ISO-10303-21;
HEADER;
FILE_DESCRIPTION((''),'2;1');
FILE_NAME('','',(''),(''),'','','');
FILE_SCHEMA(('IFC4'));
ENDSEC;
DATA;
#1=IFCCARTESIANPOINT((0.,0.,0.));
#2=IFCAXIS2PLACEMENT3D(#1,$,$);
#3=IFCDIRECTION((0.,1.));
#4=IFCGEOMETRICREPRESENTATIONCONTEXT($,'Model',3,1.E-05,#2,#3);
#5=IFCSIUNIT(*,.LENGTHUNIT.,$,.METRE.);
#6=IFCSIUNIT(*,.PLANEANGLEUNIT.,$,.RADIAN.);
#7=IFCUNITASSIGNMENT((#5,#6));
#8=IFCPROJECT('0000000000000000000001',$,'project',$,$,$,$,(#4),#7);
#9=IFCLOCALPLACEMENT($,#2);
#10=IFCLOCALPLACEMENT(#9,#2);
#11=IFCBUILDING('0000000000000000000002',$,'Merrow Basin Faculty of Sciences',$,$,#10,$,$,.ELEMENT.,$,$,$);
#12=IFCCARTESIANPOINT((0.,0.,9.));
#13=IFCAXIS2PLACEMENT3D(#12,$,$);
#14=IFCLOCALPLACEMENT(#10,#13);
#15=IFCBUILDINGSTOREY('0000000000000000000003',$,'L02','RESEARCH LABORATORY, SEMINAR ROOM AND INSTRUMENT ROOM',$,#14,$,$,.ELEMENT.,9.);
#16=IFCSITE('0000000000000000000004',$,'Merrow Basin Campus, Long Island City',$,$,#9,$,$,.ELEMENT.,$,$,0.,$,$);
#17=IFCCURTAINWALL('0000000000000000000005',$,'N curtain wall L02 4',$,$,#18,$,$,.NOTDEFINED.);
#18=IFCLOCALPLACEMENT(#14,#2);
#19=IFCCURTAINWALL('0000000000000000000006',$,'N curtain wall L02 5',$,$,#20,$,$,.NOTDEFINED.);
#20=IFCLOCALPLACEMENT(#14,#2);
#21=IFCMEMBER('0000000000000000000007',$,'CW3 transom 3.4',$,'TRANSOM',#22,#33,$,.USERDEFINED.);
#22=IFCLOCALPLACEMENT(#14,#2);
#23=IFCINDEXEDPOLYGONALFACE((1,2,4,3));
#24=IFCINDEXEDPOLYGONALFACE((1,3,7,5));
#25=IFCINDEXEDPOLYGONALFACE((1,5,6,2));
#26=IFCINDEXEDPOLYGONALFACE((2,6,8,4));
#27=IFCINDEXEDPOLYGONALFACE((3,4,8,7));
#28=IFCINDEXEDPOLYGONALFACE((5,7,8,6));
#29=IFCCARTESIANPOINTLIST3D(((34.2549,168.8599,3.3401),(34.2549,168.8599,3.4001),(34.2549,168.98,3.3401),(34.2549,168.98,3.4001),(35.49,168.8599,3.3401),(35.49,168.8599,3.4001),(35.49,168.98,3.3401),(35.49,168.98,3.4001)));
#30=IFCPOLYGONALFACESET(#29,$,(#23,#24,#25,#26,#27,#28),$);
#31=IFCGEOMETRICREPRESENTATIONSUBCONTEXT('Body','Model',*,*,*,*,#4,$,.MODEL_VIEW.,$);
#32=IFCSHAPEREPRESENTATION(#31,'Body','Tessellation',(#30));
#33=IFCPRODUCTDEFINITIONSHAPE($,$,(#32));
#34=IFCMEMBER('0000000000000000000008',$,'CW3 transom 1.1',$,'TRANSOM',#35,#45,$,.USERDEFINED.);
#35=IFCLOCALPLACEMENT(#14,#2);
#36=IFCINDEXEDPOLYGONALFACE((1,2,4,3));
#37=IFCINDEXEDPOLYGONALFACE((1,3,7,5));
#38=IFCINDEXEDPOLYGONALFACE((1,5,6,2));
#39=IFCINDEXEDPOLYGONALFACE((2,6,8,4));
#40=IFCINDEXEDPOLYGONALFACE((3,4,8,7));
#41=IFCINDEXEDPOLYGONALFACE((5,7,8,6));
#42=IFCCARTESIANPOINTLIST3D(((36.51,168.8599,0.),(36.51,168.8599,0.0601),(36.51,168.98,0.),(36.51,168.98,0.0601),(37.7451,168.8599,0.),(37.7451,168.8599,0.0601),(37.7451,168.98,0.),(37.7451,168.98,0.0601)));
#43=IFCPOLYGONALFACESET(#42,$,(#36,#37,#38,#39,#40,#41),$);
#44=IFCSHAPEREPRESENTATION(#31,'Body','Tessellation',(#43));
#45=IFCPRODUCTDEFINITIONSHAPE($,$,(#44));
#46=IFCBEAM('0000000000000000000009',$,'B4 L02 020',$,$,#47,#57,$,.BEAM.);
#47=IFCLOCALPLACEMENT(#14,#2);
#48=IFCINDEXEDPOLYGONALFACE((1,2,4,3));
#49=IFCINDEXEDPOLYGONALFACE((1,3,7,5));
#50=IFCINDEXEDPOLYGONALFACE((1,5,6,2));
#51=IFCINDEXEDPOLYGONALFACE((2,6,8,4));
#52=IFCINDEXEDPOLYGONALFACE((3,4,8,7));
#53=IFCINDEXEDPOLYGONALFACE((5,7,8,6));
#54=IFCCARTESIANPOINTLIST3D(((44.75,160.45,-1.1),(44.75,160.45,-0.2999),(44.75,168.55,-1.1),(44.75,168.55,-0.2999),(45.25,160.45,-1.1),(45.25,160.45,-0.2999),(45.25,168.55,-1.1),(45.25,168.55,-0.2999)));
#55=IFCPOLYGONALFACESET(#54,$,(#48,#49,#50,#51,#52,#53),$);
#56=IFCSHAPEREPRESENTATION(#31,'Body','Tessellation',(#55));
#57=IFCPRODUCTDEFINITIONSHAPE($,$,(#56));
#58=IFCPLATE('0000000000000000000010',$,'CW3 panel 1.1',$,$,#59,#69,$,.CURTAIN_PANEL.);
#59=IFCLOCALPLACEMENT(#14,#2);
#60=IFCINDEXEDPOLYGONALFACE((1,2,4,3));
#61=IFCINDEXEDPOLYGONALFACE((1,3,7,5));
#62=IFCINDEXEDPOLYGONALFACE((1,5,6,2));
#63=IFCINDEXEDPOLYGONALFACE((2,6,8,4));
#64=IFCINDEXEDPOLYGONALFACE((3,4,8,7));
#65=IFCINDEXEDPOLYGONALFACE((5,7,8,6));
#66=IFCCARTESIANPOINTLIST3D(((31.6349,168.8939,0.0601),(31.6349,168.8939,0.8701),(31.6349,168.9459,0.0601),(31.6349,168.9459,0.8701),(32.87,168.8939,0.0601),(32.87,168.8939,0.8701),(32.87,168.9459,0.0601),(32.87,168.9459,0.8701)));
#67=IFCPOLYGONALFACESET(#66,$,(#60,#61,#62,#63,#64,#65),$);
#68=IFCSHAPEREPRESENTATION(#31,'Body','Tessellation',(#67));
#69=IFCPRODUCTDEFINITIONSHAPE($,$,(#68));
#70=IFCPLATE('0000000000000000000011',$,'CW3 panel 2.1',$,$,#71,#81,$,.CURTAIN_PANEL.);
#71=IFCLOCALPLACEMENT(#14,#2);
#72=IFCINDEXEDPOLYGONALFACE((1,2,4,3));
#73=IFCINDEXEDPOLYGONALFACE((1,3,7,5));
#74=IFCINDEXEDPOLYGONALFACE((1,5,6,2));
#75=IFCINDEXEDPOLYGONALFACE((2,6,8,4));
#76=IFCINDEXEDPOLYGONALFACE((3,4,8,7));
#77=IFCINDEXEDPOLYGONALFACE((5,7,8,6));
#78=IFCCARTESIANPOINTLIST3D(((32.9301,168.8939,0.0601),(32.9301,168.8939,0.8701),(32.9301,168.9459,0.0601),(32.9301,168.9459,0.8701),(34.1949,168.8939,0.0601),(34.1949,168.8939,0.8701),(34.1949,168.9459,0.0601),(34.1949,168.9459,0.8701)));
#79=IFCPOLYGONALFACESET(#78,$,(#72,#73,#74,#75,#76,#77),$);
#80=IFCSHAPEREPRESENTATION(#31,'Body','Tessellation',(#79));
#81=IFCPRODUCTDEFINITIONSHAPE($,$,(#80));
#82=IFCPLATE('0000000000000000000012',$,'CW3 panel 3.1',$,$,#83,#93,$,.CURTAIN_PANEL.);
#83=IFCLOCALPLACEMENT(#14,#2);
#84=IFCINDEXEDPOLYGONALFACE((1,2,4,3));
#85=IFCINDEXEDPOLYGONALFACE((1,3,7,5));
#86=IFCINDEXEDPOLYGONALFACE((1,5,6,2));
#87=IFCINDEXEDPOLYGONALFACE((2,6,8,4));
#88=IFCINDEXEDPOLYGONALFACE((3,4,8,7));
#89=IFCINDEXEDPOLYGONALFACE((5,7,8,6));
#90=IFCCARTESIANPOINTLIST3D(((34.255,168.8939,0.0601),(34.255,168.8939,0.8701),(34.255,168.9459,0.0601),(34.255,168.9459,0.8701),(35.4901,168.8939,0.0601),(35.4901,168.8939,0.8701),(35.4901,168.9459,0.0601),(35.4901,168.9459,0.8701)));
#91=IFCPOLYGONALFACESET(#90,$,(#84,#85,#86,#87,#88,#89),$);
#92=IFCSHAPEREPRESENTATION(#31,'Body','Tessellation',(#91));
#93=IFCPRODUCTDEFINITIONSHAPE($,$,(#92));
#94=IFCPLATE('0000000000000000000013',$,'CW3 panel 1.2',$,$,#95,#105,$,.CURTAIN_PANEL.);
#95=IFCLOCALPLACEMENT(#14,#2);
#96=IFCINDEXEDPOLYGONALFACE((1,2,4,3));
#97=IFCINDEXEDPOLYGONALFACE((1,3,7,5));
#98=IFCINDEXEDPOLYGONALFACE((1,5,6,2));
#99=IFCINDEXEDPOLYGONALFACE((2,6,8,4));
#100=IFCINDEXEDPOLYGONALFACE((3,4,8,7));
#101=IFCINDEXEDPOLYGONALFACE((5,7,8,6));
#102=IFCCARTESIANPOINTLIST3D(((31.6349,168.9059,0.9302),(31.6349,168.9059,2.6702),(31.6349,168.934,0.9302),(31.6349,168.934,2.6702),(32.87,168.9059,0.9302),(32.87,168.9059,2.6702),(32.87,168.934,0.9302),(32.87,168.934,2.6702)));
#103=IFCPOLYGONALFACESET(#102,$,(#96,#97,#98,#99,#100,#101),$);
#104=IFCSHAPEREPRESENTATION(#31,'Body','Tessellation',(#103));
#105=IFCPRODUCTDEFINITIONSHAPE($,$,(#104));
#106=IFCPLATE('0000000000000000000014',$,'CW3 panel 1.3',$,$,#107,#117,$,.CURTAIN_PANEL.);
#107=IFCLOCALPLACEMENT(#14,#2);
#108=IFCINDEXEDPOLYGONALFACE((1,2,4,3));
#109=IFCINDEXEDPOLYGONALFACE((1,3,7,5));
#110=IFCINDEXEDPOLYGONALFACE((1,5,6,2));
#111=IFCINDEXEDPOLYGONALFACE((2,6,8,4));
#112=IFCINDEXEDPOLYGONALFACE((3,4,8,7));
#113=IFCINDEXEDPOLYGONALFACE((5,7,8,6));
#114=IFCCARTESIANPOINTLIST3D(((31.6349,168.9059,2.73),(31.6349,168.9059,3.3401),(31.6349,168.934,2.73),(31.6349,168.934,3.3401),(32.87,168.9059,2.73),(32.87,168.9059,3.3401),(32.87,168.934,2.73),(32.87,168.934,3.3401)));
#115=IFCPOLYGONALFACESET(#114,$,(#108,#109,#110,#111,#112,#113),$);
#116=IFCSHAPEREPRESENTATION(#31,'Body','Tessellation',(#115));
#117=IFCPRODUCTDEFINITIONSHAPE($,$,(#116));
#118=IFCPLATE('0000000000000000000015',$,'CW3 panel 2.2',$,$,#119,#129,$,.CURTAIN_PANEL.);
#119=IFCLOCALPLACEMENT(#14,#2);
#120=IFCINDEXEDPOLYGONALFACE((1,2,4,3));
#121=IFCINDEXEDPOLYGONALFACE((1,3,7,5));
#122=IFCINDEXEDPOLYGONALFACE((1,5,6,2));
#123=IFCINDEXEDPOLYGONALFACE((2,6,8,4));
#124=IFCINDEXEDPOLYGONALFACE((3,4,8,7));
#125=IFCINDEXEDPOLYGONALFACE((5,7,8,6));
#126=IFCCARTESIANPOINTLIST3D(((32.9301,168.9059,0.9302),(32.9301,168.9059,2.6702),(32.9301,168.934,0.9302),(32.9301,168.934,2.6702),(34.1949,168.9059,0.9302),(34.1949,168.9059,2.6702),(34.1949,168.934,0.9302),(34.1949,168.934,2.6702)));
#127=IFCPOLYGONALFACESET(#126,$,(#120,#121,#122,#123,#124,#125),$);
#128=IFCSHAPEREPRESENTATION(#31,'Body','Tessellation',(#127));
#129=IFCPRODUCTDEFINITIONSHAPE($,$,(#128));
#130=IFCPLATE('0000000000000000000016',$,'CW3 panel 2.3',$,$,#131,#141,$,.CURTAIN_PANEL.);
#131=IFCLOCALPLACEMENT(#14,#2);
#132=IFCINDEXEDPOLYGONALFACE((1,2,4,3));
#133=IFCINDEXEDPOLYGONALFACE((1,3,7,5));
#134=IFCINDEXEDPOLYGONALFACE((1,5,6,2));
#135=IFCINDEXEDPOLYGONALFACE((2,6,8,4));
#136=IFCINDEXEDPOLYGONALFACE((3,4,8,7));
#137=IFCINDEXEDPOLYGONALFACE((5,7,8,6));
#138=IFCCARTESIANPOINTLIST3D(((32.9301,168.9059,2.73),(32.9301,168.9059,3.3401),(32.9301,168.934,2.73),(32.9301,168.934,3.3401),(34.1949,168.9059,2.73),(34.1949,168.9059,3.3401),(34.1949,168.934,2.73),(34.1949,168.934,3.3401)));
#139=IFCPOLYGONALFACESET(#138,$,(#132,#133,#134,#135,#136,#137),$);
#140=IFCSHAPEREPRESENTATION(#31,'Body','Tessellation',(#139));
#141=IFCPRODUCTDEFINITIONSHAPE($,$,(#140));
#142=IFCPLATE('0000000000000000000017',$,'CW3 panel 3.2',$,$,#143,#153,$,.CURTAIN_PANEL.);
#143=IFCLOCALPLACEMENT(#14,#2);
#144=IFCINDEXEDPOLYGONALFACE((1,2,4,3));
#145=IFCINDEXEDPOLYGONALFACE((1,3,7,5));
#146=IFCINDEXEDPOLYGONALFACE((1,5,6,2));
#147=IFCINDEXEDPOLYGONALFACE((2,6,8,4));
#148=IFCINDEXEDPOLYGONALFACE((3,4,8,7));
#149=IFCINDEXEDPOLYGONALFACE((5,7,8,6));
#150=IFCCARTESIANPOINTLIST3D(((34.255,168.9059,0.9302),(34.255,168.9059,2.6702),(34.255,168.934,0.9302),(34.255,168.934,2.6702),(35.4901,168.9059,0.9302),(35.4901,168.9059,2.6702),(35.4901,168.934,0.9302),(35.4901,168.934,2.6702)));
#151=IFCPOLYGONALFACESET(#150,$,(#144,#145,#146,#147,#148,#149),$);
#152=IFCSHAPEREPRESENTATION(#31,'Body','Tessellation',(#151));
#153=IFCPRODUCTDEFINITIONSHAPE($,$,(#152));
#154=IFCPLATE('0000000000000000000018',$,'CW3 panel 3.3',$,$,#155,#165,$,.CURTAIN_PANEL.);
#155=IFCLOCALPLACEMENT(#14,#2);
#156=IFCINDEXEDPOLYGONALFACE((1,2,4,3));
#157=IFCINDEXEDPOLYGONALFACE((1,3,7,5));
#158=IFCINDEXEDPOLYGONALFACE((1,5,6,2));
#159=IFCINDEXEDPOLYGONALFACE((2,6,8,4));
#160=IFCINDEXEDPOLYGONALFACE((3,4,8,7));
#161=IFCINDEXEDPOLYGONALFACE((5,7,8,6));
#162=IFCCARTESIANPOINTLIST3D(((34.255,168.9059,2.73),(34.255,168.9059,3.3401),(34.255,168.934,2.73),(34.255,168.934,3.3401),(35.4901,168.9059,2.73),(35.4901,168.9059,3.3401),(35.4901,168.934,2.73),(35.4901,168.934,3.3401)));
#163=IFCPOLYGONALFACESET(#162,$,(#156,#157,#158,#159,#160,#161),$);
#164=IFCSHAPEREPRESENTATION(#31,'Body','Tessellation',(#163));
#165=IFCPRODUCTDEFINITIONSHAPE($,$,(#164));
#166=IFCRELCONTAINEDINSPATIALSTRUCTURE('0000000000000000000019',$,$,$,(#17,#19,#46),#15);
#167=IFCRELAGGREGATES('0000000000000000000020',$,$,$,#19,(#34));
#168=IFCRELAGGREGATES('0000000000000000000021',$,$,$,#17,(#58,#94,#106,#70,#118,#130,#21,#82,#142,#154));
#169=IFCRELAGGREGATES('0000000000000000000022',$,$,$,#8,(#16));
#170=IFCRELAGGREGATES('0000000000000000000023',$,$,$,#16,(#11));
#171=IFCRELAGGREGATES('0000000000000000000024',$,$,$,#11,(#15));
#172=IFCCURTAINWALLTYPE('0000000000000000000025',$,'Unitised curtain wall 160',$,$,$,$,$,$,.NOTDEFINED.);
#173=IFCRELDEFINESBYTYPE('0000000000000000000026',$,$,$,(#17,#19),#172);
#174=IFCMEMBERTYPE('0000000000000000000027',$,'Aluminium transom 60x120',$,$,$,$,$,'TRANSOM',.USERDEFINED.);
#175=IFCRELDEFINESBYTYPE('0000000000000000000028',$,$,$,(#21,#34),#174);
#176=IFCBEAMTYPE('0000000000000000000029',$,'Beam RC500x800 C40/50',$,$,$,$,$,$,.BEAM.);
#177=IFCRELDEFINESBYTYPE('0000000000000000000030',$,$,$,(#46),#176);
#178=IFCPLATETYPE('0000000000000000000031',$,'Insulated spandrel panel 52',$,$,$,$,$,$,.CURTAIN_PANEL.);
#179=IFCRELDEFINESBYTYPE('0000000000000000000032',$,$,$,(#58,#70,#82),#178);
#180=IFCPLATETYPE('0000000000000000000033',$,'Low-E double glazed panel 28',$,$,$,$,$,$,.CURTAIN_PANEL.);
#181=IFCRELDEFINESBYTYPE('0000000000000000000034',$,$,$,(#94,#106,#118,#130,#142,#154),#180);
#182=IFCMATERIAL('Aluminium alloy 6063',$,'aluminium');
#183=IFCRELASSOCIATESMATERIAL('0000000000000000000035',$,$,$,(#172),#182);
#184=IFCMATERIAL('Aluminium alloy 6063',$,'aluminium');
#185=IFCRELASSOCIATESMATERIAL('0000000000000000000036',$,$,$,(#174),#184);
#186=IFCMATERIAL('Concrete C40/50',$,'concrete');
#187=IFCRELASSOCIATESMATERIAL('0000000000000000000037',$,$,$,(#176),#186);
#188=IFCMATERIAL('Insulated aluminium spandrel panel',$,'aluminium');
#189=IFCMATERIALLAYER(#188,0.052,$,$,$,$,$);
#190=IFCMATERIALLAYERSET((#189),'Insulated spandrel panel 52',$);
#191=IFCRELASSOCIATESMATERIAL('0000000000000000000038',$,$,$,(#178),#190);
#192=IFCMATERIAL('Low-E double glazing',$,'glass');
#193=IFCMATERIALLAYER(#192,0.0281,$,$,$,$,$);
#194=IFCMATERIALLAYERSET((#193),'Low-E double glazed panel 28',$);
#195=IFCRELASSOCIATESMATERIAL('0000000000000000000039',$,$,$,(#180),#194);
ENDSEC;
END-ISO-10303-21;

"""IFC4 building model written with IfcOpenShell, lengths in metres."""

from ifc_helpers import new_model, si_unit, direction, frame, origin, origin_2d, place, context, subcontext, project, spatial, rectangle, extrude, material, layer, layer_set, material_profile, profile_set, type_object, element, aggregate, save


model = new_model("IFC4")

# Units and contexts
model_context = context("Model", 3, precision=1e-05, world=origin(), true_north=direction((0.0, 1.0)))
body_context = subcontext(model_context, "Body", "Model", "MODEL_VIEW")
ifc_project = project(units=[si_unit("LENGTHUNIT", "METRE"), si_unit("PLANEANGLEUNIT", "RADIAN")], contexts=[model_context])

# Site, building, storey
site_placement = place(None, origin())
site = spatial("IfcSite", under=ifc_project, at=site_placement, Name="Merrow Basin Campus, Long Island City", CompositionType="ELEMENT", RefElevation=0.0)
building_placement = place(site_placement, origin())
building = spatial("IfcBuilding", under=site, at=building_placement, Name="Merrow Basin Faculty of Sciences", CompositionType="ELEMENT")
storey_placement = place(building_placement, frame((0.0, 0.0, 9.0)))
storey = spatial("IfcBuildingStorey", under=building, at=storey_placement, Name="L02", Description="RESEARCH LABORATORY, SEMINAR ROOM AND INSTRUMENT ROOM", CompositionType="ELEMENT", Elevation=9.0)

# Curtain wall
ifc_material_1 = material(Name="Aluminium alloy 6063", Category="aluminium")
curtain_wall_type = type_object("IfcCurtainWallType", Name="Unitised curtain wall 160", PredefinedType="NOTDEFINED", material=ifc_material_1)
curtain_wall_1_placement = place(storey_placement, origin())
curtain_wall_1 = element("IfcCurtainWall", 1, at=curtain_wall_1_placement, inside=storey, type_object=curtain_wall_type, Name="N curtain wall L02 4", PredefinedType="NOTDEFINED")

# Curtain wall
curtain_wall_2_placement = place(storey_placement, origin())
curtain_wall_2 = element("IfcCurtainWall", 2, at=curtain_wall_2_placement, inside=storey, type_object=curtain_wall_type, Name="N curtain wall L02 5", PredefinedType="NOTDEFINED")

# Members
ifc_material_2 = material(Name="Aluminium alloy 6063", Category="aluminium")
ifc_material_profile_1 = material_profile(ifc_material_2, rectangle(XDim=0.1201, YDim=0.0601, at=origin_2d()))
ifc_profile_set_1 = profile_set([ifc_material_profile_1], Name="Aluminium alloy 6063")
member_type_1 = type_object("IfcMemberType", Name="Aluminium transom 60x120", ElementType="TRANSOM", PredefinedType="USERDEFINED", material=ifc_profile_set_1)
member_1_placement = place(storey_placement, frame((34.2549, 168.9199, 3.3701), z_axis=(1.0, 0.0, 0.0), x_axis=(0.0, 1.0, 0.0)))
member_1 = element("IfcMember", 3, at=member_1_placement, type_object=member_type_1, Name="CW3 transom 3.4", ObjectType="TRANSOM", PredefinedType="USERDEFINED", context=body_context, shape_type="SweptSolid", body=[
    extrude(rectangle(XDim=0.1201, YDim=0.0601, at=origin_2d()), origin(), (0.0, 0.0, 1.0), 1.2351),
])
member_2_placement = place(storey_placement, frame((36.51, 168.9199, 0.03), z_axis=(1.0, 0.0, 0.0), x_axis=(0.0, 1.0, 0.0)))
member_2 = element("IfcMember", 4, at=member_2_placement, type_object=member_type_1, Name="CW3 transom 1.1", ObjectType="TRANSOM", PredefinedType="USERDEFINED", context=body_context, shape_type="SweptSolid", body=[
    extrude(rectangle(XDim=0.1201, YDim=0.0601, at=origin_2d()), origin(), (0.0, 0.0, 1.0), 1.2351),
])
aggregate(curtain_wall_2, [member_2])

# Beam
ifc_material_3 = material(Name="Concrete C40/50", Category="concrete")
ifc_material_profile_2 = material_profile(ifc_material_3, rectangle(XDim=0.5, YDim=0.8, at=origin_2d()))
ifc_profile_set_2 = profile_set([ifc_material_profile_2], Name="Concrete C40/50")
beam_type = type_object("IfcBeamType", Name="Beam RC500x800 C40/50", PredefinedType="BEAM", material=ifc_profile_set_2)
beam_placement = place(storey_placement, frame((45.0, 160.45, -0.7), z_axis=(0.0, 1.0, 0.0), x_axis=(-1.0, 0.0, 0.0)))
element("IfcBeam", 5, at=beam_placement, inside=storey, type_object=beam_type, Name="B4 L02 020", PredefinedType="BEAM", context=body_context, shape_type="SweptSolid", body=[
    extrude(rectangle(XDim=0.5, YDim=0.8, at=origin_2d()), origin(), (0.0, 0.0, 1.0), 8.1001),
])

# Plates
ifc_material_4 = material(Name="Insulated aluminium spandrel panel", Category="aluminium")
ifc_layer_1 = layer(ifc_material_4, 0.052)
ifc_layer_set_1 = layer_set([ifc_layer_1], Name="Insulated spandrel panel 52")
plate_type_1 = type_object("IfcPlateType", Name="Insulated spandrel panel 52", PredefinedType="CURTAIN_PANEL", material=ifc_layer_set_1)
plate_1_placement = place(storey_placement, frame((32.2524, 168.9199, 0.0601), z_axis=(0.0, 0.0, 1.0), x_axis=(1.0, 0.0, 0.0)))
plate_1 = element("IfcPlate", 6, at=plate_1_placement, type_object=plate_type_1, Name="CW3 panel 1.1", PredefinedType="CURTAIN_PANEL", context=body_context, shape_type="SweptSolid", body=[
    extrude(rectangle(XDim=1.2351, YDim=0.052, at=origin_2d()), origin(), (0.0, 0.0, 1.0), 0.8101),
])
plate_2_placement = place(storey_placement, frame((33.5625, 168.9199, 0.0601), z_axis=(0.0, 0.0, 1.0), x_axis=(1.0, 0.0, 0.0)))
plate_2 = element("IfcPlate", 7, at=plate_2_placement, type_object=plate_type_1, Name="CW3 panel 2.1", PredefinedType="CURTAIN_PANEL", context=body_context, shape_type="SweptSolid", body=[
    extrude(rectangle(XDim=1.2649, YDim=0.052, at=origin_2d()), origin(), (0.0, 0.0, 1.0), 0.8101),
])
plate_3_placement = place(storey_placement, frame((34.8726, 168.9199, 0.0601), z_axis=(0.0, 0.0, 1.0), x_axis=(1.0, 0.0, 0.0)))
plate_3 = element("IfcPlate", 8, at=plate_3_placement, type_object=plate_type_1, Name="CW3 panel 3.1", PredefinedType="CURTAIN_PANEL", context=body_context, shape_type="SweptSolid", body=[
    extrude(rectangle(XDim=1.2351, YDim=0.052, at=origin_2d()), origin(), (0.0, 0.0, 1.0), 0.8101),
])
ifc_material_5 = material(Name="Low-E double glazing", Category="glass")
ifc_layer_2 = layer(ifc_material_5, 0.0281)
ifc_layer_set_2 = layer_set([ifc_layer_2], Name="Low-E double glazed panel 28")
plate_type_2 = type_object("IfcPlateType", Name="Low-E double glazed panel 28", PredefinedType="CURTAIN_PANEL", material=ifc_layer_set_2)
plate_4_placement = place(storey_placement, frame((32.2524, 168.9199, 0.9302), z_axis=(0.0, 0.0, 1.0), x_axis=(1.0, 0.0, 0.0)))
plate_4 = element("IfcPlate", 9, at=plate_4_placement, type_object=plate_type_2, Name="CW3 panel 1.2", PredefinedType="CURTAIN_PANEL", context=body_context, shape_type="SweptSolid", body=[
    extrude(rectangle(XDim=1.2351, YDim=0.0281, at=origin_2d()), origin(), (0.0, 0.0, 1.0), 1.74),
])
plate_5_placement = place(storey_placement, frame((32.2524, 168.9199, 2.73), z_axis=(0.0, 0.0, 1.0), x_axis=(1.0, 0.0, 0.0)))
plate_5 = element("IfcPlate", 10, at=plate_5_placement, type_object=plate_type_2, Name="CW3 panel 1.3", PredefinedType="CURTAIN_PANEL", context=body_context, shape_type="SweptSolid", body=[
    extrude(rectangle(XDim=1.2351, YDim=0.0281, at=origin_2d()), origin(), (0.0, 0.0, 1.0), 0.6101),
])
plate_6_placement = place(storey_placement, frame((33.5625, 168.9199, 0.9302), z_axis=(0.0, 0.0, 1.0), x_axis=(1.0, 0.0, 0.0)))
plate_6 = element("IfcPlate", 11, at=plate_6_placement, type_object=plate_type_2, Name="CW3 panel 2.2", PredefinedType="CURTAIN_PANEL", context=body_context, shape_type="SweptSolid", body=[
    extrude(rectangle(XDim=1.2649, YDim=0.0281, at=origin_2d()), origin(), (0.0, 0.0, 1.0), 1.74),
])
plate_7_placement = place(storey_placement, frame((33.5625, 168.9199, 2.73), z_axis=(0.0, 0.0, 1.0), x_axis=(1.0, 0.0, 0.0)))
plate_7 = element("IfcPlate", 12, at=plate_7_placement, type_object=plate_type_2, Name="CW3 panel 2.3", PredefinedType="CURTAIN_PANEL", context=body_context, shape_type="SweptSolid", body=[
    extrude(rectangle(XDim=1.2649, YDim=0.0281, at=origin_2d()), origin(), (0.0, 0.0, 1.0), 0.6101),
])
plate_8_placement = place(storey_placement, frame((34.8726, 168.9199, 0.9302), z_axis=(0.0, 0.0, 1.0), x_axis=(1.0, 0.0, 0.0)))
plate_8 = element("IfcPlate", 13, at=plate_8_placement, type_object=plate_type_2, Name="CW3 panel 3.2", PredefinedType="CURTAIN_PANEL", context=body_context, shape_type="SweptSolid", body=[
    extrude(rectangle(XDim=1.2351, YDim=0.0281, at=origin_2d()), origin(), (0.0, 0.0, 1.0), 1.74),
])
plate_9_placement = place(storey_placement, frame((34.8726, 168.9199, 2.73), z_axis=(0.0, 0.0, 1.0), x_axis=(1.0, 0.0, 0.0)))
plate_9 = element("IfcPlate", 14, at=plate_9_placement, type_object=plate_type_2, Name="CW3 panel 3.3", PredefinedType="CURTAIN_PANEL", context=body_context, shape_type="SweptSolid", body=[
    extrude(rectangle(XDim=1.2351, YDim=0.0281, at=origin_2d()), origin(), (0.0, 0.0, 1.0), 0.6101),
])
aggregate(curtain_wall_1, [plate_1, plate_4, plate_5, plate_2, plate_6, plate_7, member_1, plate_3, plate_8, plate_9])

save(model, "model.ifc")
